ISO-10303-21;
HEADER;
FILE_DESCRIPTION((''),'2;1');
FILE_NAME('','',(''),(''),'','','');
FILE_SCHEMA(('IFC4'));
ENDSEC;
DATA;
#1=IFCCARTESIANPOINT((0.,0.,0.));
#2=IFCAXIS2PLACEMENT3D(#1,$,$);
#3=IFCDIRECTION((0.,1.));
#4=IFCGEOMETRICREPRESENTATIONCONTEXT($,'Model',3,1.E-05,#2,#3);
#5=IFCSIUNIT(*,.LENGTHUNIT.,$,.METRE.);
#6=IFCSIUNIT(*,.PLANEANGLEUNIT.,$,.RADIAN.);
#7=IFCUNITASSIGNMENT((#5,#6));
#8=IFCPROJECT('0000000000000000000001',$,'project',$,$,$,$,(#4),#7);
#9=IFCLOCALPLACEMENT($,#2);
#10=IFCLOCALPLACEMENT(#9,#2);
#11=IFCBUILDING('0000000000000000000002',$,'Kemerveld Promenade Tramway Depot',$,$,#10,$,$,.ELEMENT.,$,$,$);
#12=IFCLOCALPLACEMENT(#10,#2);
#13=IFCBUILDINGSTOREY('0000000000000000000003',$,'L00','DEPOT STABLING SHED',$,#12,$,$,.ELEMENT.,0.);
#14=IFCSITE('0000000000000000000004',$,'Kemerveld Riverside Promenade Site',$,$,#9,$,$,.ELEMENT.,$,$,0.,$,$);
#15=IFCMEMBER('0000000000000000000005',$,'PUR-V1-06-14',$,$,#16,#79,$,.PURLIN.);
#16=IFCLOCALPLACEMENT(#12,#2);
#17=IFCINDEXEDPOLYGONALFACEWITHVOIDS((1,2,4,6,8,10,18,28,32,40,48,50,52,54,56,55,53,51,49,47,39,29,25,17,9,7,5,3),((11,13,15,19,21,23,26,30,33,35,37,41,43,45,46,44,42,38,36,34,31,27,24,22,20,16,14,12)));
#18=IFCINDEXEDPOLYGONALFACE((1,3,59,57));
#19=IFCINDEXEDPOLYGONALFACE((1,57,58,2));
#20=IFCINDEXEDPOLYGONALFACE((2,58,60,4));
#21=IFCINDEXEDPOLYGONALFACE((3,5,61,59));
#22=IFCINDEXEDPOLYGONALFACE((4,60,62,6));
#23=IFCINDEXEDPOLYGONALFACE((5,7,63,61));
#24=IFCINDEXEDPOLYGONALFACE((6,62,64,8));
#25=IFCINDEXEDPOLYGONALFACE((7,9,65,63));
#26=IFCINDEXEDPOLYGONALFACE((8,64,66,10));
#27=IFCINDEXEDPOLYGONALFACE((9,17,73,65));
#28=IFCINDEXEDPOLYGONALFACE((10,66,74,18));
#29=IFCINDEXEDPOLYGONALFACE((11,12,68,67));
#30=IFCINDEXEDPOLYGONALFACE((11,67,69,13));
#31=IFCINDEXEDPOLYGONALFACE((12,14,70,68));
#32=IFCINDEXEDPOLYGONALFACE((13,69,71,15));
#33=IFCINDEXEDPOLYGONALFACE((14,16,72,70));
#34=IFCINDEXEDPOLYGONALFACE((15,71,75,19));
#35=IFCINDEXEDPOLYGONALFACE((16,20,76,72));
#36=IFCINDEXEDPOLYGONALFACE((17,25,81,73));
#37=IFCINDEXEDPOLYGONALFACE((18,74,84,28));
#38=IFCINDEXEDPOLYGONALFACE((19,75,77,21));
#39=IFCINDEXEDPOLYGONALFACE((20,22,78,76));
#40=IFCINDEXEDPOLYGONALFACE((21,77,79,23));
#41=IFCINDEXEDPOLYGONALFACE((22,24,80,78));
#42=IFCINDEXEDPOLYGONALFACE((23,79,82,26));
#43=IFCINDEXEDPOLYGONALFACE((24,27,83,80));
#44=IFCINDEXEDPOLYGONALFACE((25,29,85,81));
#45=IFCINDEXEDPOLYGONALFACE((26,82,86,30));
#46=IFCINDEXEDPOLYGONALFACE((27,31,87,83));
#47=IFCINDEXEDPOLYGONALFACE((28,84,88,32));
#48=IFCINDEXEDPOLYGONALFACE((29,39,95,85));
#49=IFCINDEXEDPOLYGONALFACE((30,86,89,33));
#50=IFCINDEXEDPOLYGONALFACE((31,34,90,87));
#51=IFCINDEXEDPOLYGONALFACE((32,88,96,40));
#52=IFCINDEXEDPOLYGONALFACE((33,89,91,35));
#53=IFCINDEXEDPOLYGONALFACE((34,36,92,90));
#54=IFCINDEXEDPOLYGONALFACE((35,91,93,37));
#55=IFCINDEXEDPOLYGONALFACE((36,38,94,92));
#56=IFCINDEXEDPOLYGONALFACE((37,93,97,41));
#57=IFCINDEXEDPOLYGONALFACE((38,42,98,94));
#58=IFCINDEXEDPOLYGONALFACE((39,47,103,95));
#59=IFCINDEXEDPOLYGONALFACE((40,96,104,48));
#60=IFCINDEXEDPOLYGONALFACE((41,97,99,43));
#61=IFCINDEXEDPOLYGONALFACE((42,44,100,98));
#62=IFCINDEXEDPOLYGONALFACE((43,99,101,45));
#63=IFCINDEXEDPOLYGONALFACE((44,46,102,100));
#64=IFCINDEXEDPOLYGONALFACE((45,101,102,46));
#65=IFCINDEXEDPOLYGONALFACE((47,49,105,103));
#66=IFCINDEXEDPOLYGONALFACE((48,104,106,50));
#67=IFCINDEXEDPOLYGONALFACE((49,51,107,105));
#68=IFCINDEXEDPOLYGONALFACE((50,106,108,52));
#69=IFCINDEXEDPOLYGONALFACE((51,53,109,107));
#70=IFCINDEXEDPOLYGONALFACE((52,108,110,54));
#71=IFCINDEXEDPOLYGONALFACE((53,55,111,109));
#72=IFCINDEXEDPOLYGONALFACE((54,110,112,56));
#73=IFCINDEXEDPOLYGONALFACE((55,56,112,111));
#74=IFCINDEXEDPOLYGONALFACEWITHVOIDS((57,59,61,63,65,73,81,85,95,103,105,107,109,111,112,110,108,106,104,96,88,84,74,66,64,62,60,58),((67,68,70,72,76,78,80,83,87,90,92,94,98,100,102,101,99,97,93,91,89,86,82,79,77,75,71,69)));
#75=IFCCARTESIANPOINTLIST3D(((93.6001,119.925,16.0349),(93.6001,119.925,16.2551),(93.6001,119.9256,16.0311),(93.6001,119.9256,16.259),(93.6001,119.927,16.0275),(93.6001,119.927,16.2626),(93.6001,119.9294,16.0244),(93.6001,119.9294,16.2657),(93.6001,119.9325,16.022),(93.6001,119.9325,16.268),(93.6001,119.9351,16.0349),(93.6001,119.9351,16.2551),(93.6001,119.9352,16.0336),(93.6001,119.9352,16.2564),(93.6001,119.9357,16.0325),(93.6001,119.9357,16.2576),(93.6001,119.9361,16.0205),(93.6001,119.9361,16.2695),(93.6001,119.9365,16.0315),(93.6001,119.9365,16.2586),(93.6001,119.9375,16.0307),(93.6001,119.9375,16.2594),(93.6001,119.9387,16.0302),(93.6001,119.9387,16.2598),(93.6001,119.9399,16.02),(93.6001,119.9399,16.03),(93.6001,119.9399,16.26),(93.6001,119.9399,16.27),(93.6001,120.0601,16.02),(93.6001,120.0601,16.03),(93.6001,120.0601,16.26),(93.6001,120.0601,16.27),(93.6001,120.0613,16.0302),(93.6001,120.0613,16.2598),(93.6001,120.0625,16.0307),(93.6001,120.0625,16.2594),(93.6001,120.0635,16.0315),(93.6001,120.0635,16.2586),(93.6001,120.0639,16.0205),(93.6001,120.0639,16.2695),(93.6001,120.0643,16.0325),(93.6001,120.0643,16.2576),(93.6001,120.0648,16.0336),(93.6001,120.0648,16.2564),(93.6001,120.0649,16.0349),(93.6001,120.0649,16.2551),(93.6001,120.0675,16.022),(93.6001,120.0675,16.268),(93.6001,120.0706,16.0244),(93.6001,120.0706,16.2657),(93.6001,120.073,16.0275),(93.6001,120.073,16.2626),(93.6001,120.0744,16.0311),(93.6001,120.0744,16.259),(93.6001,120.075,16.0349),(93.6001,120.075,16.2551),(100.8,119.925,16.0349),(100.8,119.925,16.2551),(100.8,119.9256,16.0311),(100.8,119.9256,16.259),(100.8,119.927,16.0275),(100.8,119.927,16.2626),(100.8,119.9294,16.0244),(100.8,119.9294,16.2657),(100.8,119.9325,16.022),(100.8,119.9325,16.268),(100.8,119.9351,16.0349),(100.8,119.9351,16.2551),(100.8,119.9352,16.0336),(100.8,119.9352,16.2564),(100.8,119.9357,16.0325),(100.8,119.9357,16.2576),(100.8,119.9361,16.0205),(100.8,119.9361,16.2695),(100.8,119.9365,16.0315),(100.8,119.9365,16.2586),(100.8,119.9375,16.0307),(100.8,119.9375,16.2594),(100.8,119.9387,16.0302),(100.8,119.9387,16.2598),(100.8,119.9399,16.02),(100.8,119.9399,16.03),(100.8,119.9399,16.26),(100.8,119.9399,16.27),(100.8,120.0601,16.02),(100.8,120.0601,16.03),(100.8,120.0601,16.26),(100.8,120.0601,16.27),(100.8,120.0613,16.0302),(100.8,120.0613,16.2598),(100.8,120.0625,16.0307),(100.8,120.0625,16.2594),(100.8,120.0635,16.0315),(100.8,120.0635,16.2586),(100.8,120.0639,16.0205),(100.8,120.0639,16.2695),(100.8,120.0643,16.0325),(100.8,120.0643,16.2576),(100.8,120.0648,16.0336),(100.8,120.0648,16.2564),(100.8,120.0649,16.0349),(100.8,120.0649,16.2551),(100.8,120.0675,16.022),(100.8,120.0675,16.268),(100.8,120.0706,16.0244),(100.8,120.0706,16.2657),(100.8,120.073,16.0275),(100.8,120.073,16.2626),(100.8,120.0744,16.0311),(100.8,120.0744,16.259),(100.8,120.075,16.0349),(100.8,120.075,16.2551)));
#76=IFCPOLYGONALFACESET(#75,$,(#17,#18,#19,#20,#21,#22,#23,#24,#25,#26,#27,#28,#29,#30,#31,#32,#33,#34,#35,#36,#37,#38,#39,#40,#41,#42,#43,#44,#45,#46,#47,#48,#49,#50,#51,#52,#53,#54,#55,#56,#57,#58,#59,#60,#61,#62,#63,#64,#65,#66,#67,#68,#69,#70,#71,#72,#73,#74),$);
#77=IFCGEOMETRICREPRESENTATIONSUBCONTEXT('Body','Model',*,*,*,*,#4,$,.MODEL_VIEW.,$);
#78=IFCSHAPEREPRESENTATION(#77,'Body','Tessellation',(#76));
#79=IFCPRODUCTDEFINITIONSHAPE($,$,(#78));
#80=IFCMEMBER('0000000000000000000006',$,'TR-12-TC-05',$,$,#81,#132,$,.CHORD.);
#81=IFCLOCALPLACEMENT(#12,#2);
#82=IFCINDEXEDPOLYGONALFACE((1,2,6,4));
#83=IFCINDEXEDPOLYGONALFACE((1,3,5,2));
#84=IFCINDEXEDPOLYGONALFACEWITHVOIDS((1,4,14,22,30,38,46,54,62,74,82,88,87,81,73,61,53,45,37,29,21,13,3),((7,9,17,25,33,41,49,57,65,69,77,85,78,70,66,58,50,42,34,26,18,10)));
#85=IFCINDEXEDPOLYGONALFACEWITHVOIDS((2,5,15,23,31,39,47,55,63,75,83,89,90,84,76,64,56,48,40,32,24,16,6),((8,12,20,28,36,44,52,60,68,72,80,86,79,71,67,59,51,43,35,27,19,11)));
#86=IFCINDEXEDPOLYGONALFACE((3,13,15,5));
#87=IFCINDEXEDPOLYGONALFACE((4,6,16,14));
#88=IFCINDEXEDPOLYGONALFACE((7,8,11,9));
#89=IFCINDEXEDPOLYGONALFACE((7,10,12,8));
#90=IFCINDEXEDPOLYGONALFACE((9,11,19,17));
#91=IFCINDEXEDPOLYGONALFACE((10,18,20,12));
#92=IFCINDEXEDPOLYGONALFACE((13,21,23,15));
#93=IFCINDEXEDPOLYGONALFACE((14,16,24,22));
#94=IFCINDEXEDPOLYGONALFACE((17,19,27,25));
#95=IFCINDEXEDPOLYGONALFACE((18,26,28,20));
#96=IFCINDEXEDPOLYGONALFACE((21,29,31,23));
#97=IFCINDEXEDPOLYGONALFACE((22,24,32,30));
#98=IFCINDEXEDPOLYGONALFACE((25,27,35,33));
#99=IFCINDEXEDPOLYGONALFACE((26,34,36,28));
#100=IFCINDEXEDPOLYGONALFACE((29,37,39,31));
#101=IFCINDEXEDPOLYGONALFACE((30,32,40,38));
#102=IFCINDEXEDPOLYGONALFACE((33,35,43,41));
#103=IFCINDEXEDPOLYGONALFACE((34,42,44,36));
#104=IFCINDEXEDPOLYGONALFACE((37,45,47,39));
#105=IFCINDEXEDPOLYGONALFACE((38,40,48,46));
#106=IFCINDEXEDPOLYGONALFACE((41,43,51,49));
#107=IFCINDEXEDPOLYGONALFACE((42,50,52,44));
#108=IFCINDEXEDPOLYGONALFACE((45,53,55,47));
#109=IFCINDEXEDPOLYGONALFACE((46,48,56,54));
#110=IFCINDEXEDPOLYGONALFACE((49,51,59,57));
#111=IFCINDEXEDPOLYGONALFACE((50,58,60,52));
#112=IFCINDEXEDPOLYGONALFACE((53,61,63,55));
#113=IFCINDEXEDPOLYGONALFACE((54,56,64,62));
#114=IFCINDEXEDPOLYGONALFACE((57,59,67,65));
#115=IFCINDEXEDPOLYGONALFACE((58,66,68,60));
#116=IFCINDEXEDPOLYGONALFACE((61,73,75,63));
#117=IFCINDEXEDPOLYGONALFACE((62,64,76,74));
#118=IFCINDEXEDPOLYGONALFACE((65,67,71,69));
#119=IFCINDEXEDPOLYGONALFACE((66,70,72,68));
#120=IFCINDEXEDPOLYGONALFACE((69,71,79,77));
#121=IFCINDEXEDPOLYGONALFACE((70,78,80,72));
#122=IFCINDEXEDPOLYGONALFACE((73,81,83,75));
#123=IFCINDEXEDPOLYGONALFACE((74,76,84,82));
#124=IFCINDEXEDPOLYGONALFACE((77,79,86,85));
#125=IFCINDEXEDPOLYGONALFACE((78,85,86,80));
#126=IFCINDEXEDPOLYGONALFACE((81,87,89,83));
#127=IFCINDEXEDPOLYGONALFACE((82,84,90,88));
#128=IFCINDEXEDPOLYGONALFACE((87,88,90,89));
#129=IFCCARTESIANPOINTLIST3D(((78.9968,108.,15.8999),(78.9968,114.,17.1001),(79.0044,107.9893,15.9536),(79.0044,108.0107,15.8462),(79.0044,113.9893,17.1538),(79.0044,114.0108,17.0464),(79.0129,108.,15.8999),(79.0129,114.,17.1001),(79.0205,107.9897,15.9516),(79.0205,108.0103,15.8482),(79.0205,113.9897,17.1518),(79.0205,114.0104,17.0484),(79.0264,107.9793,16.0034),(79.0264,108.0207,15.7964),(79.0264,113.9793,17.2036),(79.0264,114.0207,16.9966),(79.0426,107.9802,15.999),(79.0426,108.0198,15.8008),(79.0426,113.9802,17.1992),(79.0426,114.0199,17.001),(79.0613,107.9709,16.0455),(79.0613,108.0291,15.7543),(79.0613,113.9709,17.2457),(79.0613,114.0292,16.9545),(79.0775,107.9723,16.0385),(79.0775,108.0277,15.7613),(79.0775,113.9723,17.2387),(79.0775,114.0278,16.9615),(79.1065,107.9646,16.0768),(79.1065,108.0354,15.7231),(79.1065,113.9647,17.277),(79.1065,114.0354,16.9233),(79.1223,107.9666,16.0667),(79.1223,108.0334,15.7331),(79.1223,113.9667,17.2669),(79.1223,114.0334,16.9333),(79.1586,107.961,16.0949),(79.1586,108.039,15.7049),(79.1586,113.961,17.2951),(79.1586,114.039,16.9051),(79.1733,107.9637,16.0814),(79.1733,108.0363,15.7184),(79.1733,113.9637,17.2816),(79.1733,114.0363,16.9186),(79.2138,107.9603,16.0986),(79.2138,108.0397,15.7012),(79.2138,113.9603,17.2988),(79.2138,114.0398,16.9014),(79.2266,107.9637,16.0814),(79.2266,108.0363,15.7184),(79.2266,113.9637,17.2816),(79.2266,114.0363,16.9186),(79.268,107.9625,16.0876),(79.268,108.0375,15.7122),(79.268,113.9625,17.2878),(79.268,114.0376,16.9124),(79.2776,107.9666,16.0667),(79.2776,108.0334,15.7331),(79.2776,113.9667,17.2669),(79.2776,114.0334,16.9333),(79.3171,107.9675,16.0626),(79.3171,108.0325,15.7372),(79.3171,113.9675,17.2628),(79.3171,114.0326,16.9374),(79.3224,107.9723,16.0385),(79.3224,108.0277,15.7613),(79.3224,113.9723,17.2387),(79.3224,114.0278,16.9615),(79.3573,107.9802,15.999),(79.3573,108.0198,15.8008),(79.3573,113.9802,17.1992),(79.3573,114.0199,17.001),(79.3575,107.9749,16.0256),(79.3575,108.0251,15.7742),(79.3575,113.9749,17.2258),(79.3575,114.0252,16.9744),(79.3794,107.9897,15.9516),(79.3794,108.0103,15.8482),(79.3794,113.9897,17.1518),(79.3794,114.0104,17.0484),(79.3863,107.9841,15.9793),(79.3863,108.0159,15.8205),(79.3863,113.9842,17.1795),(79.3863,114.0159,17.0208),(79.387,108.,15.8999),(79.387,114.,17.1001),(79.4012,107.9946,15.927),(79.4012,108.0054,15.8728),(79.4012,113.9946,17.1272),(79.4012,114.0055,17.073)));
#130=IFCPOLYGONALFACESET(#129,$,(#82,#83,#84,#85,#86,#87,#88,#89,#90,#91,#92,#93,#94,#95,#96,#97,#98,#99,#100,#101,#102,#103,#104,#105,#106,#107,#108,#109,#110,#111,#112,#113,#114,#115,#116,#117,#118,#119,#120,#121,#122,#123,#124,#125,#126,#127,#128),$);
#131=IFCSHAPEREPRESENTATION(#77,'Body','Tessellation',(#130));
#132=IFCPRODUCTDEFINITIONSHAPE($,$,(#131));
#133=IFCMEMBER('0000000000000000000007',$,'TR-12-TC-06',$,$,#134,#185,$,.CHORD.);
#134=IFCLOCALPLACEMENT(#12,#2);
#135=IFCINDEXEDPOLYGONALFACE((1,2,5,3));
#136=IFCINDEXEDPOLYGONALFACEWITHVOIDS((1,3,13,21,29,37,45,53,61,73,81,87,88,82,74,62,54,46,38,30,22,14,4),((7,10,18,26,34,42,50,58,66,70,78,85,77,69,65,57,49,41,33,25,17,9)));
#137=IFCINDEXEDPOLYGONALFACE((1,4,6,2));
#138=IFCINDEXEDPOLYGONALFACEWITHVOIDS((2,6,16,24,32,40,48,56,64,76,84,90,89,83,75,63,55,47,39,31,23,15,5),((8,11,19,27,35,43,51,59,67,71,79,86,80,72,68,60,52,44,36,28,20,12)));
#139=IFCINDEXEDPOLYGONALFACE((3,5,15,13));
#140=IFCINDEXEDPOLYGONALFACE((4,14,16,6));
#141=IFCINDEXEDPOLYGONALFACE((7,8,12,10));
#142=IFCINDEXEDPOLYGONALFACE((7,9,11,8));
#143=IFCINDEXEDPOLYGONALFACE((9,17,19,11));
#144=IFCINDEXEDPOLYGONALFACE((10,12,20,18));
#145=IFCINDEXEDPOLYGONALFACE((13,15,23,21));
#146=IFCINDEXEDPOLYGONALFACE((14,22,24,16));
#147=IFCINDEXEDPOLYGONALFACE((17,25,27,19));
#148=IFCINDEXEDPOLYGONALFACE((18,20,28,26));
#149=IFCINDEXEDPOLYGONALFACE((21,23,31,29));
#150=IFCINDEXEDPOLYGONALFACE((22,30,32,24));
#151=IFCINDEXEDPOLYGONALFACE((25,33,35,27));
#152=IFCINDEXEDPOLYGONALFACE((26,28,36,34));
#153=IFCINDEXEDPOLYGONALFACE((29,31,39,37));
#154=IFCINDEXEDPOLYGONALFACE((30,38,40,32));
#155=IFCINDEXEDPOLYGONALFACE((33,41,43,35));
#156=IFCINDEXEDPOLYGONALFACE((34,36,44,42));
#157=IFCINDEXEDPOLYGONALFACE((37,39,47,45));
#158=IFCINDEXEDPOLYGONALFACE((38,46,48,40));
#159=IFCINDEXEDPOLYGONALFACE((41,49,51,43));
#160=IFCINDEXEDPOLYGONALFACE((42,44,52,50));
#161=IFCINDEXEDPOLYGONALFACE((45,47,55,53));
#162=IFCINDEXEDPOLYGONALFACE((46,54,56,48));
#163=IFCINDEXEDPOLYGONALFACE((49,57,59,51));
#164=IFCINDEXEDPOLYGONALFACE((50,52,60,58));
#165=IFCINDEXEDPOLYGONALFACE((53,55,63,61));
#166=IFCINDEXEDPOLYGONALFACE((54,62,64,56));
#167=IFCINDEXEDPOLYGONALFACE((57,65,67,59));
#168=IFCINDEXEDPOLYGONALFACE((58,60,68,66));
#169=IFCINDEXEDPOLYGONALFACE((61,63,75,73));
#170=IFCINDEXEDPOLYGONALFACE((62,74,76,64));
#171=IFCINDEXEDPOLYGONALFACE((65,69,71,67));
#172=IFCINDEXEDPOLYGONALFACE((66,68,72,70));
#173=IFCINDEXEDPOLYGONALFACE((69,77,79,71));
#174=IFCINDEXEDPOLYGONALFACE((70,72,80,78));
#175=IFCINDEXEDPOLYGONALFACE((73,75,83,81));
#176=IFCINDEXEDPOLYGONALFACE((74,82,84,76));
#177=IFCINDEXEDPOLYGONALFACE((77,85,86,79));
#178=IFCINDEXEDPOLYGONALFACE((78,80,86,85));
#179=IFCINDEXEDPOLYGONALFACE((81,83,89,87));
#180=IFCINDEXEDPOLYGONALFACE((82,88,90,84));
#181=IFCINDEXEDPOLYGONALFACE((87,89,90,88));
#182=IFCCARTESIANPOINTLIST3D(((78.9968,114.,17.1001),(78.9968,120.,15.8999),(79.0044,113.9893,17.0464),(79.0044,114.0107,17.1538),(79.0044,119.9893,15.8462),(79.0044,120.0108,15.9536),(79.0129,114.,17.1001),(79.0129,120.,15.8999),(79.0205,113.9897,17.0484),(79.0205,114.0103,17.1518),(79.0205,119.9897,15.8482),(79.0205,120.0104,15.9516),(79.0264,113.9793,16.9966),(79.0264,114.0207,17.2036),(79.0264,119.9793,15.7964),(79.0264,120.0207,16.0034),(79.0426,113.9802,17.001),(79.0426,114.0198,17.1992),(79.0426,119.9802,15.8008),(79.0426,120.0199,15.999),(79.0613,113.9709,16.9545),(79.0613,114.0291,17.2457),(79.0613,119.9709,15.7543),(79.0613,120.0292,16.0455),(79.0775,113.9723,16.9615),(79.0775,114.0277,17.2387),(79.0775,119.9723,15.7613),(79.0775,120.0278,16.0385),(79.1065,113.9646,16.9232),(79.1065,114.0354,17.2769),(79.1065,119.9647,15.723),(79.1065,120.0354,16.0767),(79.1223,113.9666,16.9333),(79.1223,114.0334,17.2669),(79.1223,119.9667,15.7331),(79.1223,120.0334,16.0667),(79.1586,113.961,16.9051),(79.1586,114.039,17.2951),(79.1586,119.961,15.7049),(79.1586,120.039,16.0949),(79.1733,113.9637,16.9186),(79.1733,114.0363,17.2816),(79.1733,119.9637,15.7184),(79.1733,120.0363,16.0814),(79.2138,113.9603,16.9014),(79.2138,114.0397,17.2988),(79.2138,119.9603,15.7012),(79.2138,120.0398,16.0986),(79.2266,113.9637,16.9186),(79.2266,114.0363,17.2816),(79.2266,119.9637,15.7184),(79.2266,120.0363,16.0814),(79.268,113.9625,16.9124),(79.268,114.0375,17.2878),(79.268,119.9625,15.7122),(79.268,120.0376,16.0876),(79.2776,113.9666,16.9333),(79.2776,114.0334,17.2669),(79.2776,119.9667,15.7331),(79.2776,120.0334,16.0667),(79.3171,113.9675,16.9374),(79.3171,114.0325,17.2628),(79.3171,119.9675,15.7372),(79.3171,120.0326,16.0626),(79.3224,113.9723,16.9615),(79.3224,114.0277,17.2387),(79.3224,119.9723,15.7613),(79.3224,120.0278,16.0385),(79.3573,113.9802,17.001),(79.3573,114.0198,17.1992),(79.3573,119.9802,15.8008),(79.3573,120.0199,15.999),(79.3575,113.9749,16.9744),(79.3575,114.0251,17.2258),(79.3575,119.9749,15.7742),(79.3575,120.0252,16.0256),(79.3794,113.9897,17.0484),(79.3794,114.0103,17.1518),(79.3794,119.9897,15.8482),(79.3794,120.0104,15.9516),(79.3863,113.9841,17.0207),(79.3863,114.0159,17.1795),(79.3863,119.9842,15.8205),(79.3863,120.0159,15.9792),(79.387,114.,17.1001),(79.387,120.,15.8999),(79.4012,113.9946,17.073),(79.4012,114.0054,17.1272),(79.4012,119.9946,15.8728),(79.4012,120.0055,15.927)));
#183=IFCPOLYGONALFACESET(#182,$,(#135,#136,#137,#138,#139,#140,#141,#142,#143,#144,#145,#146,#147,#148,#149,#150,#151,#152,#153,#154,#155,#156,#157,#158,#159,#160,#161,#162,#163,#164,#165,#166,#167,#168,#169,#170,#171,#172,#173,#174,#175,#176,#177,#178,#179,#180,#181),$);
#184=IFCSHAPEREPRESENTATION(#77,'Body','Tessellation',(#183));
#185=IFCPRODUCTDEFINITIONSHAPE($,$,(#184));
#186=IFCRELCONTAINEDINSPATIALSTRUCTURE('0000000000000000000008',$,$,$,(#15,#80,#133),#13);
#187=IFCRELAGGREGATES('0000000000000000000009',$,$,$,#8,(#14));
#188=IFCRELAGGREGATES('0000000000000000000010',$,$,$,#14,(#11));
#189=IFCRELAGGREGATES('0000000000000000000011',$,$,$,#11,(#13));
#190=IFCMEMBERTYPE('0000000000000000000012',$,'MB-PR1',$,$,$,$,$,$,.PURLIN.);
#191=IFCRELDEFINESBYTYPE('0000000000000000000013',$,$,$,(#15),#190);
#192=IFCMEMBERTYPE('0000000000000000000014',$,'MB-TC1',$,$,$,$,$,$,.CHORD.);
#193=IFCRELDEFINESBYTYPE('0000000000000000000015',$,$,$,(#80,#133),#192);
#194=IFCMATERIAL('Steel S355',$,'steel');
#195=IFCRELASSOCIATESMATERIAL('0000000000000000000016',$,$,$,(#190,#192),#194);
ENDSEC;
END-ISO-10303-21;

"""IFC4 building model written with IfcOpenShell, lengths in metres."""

from ifc_helpers import new_model, si_unit, direction, frame, origin, origin_2d, place, context, subcontext, project, spatial, hollow_rectangle, hollow_circle, extrude, material, material_profile, profile_set, type_object, element, save


model = new_model("IFC4")

# Units and contexts
model_context = context("Model", 3, precision=1e-05, world=origin(), true_north=direction((0.0, 1.0)))
body_context = subcontext(model_context, "Body", "Model", "MODEL_VIEW")
ifc_project = project(units=[si_unit("LENGTHUNIT", "METRE"), si_unit("PLANEANGLEUNIT", "RADIAN")], contexts=[model_context])

# Site, building, storey
site_placement = place(None, origin())
site = spatial("IfcSite", under=ifc_project, at=site_placement, Name="Kemerveld Riverside Promenade Site", CompositionType="ELEMENT", RefElevation=0.0)
building_placement = place(site_placement, origin())
building = spatial("IfcBuilding", under=site, at=building_placement, Name="Kemerveld Promenade Tramway Depot", CompositionType="ELEMENT")
storey_placement = place(building_placement, origin())
storey = spatial("IfcBuildingStorey", under=building, at=storey_placement, Name="L00", Description="DEPOT STABLING SHED", CompositionType="ELEMENT", Elevation=0.0)

# Members
ifc_material_1 = material(Name="Steel S355", Category="steel")
ifc_material_profile_1 = material_profile(ifc_material_1, hollow_rectangle(XDim=0.1499, YDim=0.25, WallThickness=0.01, InnerFilletRadius=0.0049, OuterFilletRadius=0.0149, at=origin_2d()), Name="250x150x10.0 RHS")
ifc_profile_set_1 = profile_set([ifc_material_profile_1], Name="Steel S355")
member_type_1 = type_object("IfcMemberType", Name="MB-PR1", PredefinedType="PURLIN", material=ifc_profile_set_1)
member_1_placement = place(storey_placement, frame((93.6001, 120.0, 16.145), z_axis=(1.0, 0.0, 0.0), x_axis=(0.0, 1.0, 0.0)))
element("IfcMember", 1, at=member_1_placement, inside=storey, type_object=member_type_1, Name="PUR-V1-06-14", PredefinedType="PURLIN", context=body_context, shape_type="SweptSolid", body=[
    extrude(hollow_rectangle(XDim=0.1499, YDim=0.25, WallThickness=0.01, InnerFilletRadius=0.0049, OuterFilletRadius=0.0149, at=origin_2d()), origin(), (0.0, 0.0, 1.0), 7.2),
])
ifc_material_profile_2 = material_profile(ifc_material_1, hollow_circle(Radius=0.2031, WallThickness=0.0161, at=origin_2d()), Name="406.4x16.0 CHS")
ifc_profile_set_2 = profile_set([ifc_material_profile_2], Name="Steel S355")
member_type_2 = type_object("IfcMemberType", Name="MB-TC1", PredefinedType="CHORD", material=ifc_profile_set_2)
for number, where, z_axis, x_axis, name in (
    (2, (79.2, 108.0, 15.8999), (0.0, 0.980575, 0.196147), (-1.0, 0.0, 0.0), "TR-12-TC-05"),
    (3, (79.2, 114.0, 17.1001), (0.0, 0.980575, -0.196147), (-1.0, 0.0, 0.0), "TR-12-TC-06"),
):
    element("IfcMember", number, at=place(storey_placement, frame(where, z_axis=z_axis, x_axis=x_axis)), inside=storey, type_object=member_type_2, Name=name, PredefinedType="CHORD", context=body_context, shape_type="SweptSolid", body=[
        extrude(hollow_circle(Radius=0.2031, WallThickness=0.0161, at=origin_2d()), origin(), (0.0, 0.0, 1.0), 6.1189),
    ])

save(model, "model.ifc")
